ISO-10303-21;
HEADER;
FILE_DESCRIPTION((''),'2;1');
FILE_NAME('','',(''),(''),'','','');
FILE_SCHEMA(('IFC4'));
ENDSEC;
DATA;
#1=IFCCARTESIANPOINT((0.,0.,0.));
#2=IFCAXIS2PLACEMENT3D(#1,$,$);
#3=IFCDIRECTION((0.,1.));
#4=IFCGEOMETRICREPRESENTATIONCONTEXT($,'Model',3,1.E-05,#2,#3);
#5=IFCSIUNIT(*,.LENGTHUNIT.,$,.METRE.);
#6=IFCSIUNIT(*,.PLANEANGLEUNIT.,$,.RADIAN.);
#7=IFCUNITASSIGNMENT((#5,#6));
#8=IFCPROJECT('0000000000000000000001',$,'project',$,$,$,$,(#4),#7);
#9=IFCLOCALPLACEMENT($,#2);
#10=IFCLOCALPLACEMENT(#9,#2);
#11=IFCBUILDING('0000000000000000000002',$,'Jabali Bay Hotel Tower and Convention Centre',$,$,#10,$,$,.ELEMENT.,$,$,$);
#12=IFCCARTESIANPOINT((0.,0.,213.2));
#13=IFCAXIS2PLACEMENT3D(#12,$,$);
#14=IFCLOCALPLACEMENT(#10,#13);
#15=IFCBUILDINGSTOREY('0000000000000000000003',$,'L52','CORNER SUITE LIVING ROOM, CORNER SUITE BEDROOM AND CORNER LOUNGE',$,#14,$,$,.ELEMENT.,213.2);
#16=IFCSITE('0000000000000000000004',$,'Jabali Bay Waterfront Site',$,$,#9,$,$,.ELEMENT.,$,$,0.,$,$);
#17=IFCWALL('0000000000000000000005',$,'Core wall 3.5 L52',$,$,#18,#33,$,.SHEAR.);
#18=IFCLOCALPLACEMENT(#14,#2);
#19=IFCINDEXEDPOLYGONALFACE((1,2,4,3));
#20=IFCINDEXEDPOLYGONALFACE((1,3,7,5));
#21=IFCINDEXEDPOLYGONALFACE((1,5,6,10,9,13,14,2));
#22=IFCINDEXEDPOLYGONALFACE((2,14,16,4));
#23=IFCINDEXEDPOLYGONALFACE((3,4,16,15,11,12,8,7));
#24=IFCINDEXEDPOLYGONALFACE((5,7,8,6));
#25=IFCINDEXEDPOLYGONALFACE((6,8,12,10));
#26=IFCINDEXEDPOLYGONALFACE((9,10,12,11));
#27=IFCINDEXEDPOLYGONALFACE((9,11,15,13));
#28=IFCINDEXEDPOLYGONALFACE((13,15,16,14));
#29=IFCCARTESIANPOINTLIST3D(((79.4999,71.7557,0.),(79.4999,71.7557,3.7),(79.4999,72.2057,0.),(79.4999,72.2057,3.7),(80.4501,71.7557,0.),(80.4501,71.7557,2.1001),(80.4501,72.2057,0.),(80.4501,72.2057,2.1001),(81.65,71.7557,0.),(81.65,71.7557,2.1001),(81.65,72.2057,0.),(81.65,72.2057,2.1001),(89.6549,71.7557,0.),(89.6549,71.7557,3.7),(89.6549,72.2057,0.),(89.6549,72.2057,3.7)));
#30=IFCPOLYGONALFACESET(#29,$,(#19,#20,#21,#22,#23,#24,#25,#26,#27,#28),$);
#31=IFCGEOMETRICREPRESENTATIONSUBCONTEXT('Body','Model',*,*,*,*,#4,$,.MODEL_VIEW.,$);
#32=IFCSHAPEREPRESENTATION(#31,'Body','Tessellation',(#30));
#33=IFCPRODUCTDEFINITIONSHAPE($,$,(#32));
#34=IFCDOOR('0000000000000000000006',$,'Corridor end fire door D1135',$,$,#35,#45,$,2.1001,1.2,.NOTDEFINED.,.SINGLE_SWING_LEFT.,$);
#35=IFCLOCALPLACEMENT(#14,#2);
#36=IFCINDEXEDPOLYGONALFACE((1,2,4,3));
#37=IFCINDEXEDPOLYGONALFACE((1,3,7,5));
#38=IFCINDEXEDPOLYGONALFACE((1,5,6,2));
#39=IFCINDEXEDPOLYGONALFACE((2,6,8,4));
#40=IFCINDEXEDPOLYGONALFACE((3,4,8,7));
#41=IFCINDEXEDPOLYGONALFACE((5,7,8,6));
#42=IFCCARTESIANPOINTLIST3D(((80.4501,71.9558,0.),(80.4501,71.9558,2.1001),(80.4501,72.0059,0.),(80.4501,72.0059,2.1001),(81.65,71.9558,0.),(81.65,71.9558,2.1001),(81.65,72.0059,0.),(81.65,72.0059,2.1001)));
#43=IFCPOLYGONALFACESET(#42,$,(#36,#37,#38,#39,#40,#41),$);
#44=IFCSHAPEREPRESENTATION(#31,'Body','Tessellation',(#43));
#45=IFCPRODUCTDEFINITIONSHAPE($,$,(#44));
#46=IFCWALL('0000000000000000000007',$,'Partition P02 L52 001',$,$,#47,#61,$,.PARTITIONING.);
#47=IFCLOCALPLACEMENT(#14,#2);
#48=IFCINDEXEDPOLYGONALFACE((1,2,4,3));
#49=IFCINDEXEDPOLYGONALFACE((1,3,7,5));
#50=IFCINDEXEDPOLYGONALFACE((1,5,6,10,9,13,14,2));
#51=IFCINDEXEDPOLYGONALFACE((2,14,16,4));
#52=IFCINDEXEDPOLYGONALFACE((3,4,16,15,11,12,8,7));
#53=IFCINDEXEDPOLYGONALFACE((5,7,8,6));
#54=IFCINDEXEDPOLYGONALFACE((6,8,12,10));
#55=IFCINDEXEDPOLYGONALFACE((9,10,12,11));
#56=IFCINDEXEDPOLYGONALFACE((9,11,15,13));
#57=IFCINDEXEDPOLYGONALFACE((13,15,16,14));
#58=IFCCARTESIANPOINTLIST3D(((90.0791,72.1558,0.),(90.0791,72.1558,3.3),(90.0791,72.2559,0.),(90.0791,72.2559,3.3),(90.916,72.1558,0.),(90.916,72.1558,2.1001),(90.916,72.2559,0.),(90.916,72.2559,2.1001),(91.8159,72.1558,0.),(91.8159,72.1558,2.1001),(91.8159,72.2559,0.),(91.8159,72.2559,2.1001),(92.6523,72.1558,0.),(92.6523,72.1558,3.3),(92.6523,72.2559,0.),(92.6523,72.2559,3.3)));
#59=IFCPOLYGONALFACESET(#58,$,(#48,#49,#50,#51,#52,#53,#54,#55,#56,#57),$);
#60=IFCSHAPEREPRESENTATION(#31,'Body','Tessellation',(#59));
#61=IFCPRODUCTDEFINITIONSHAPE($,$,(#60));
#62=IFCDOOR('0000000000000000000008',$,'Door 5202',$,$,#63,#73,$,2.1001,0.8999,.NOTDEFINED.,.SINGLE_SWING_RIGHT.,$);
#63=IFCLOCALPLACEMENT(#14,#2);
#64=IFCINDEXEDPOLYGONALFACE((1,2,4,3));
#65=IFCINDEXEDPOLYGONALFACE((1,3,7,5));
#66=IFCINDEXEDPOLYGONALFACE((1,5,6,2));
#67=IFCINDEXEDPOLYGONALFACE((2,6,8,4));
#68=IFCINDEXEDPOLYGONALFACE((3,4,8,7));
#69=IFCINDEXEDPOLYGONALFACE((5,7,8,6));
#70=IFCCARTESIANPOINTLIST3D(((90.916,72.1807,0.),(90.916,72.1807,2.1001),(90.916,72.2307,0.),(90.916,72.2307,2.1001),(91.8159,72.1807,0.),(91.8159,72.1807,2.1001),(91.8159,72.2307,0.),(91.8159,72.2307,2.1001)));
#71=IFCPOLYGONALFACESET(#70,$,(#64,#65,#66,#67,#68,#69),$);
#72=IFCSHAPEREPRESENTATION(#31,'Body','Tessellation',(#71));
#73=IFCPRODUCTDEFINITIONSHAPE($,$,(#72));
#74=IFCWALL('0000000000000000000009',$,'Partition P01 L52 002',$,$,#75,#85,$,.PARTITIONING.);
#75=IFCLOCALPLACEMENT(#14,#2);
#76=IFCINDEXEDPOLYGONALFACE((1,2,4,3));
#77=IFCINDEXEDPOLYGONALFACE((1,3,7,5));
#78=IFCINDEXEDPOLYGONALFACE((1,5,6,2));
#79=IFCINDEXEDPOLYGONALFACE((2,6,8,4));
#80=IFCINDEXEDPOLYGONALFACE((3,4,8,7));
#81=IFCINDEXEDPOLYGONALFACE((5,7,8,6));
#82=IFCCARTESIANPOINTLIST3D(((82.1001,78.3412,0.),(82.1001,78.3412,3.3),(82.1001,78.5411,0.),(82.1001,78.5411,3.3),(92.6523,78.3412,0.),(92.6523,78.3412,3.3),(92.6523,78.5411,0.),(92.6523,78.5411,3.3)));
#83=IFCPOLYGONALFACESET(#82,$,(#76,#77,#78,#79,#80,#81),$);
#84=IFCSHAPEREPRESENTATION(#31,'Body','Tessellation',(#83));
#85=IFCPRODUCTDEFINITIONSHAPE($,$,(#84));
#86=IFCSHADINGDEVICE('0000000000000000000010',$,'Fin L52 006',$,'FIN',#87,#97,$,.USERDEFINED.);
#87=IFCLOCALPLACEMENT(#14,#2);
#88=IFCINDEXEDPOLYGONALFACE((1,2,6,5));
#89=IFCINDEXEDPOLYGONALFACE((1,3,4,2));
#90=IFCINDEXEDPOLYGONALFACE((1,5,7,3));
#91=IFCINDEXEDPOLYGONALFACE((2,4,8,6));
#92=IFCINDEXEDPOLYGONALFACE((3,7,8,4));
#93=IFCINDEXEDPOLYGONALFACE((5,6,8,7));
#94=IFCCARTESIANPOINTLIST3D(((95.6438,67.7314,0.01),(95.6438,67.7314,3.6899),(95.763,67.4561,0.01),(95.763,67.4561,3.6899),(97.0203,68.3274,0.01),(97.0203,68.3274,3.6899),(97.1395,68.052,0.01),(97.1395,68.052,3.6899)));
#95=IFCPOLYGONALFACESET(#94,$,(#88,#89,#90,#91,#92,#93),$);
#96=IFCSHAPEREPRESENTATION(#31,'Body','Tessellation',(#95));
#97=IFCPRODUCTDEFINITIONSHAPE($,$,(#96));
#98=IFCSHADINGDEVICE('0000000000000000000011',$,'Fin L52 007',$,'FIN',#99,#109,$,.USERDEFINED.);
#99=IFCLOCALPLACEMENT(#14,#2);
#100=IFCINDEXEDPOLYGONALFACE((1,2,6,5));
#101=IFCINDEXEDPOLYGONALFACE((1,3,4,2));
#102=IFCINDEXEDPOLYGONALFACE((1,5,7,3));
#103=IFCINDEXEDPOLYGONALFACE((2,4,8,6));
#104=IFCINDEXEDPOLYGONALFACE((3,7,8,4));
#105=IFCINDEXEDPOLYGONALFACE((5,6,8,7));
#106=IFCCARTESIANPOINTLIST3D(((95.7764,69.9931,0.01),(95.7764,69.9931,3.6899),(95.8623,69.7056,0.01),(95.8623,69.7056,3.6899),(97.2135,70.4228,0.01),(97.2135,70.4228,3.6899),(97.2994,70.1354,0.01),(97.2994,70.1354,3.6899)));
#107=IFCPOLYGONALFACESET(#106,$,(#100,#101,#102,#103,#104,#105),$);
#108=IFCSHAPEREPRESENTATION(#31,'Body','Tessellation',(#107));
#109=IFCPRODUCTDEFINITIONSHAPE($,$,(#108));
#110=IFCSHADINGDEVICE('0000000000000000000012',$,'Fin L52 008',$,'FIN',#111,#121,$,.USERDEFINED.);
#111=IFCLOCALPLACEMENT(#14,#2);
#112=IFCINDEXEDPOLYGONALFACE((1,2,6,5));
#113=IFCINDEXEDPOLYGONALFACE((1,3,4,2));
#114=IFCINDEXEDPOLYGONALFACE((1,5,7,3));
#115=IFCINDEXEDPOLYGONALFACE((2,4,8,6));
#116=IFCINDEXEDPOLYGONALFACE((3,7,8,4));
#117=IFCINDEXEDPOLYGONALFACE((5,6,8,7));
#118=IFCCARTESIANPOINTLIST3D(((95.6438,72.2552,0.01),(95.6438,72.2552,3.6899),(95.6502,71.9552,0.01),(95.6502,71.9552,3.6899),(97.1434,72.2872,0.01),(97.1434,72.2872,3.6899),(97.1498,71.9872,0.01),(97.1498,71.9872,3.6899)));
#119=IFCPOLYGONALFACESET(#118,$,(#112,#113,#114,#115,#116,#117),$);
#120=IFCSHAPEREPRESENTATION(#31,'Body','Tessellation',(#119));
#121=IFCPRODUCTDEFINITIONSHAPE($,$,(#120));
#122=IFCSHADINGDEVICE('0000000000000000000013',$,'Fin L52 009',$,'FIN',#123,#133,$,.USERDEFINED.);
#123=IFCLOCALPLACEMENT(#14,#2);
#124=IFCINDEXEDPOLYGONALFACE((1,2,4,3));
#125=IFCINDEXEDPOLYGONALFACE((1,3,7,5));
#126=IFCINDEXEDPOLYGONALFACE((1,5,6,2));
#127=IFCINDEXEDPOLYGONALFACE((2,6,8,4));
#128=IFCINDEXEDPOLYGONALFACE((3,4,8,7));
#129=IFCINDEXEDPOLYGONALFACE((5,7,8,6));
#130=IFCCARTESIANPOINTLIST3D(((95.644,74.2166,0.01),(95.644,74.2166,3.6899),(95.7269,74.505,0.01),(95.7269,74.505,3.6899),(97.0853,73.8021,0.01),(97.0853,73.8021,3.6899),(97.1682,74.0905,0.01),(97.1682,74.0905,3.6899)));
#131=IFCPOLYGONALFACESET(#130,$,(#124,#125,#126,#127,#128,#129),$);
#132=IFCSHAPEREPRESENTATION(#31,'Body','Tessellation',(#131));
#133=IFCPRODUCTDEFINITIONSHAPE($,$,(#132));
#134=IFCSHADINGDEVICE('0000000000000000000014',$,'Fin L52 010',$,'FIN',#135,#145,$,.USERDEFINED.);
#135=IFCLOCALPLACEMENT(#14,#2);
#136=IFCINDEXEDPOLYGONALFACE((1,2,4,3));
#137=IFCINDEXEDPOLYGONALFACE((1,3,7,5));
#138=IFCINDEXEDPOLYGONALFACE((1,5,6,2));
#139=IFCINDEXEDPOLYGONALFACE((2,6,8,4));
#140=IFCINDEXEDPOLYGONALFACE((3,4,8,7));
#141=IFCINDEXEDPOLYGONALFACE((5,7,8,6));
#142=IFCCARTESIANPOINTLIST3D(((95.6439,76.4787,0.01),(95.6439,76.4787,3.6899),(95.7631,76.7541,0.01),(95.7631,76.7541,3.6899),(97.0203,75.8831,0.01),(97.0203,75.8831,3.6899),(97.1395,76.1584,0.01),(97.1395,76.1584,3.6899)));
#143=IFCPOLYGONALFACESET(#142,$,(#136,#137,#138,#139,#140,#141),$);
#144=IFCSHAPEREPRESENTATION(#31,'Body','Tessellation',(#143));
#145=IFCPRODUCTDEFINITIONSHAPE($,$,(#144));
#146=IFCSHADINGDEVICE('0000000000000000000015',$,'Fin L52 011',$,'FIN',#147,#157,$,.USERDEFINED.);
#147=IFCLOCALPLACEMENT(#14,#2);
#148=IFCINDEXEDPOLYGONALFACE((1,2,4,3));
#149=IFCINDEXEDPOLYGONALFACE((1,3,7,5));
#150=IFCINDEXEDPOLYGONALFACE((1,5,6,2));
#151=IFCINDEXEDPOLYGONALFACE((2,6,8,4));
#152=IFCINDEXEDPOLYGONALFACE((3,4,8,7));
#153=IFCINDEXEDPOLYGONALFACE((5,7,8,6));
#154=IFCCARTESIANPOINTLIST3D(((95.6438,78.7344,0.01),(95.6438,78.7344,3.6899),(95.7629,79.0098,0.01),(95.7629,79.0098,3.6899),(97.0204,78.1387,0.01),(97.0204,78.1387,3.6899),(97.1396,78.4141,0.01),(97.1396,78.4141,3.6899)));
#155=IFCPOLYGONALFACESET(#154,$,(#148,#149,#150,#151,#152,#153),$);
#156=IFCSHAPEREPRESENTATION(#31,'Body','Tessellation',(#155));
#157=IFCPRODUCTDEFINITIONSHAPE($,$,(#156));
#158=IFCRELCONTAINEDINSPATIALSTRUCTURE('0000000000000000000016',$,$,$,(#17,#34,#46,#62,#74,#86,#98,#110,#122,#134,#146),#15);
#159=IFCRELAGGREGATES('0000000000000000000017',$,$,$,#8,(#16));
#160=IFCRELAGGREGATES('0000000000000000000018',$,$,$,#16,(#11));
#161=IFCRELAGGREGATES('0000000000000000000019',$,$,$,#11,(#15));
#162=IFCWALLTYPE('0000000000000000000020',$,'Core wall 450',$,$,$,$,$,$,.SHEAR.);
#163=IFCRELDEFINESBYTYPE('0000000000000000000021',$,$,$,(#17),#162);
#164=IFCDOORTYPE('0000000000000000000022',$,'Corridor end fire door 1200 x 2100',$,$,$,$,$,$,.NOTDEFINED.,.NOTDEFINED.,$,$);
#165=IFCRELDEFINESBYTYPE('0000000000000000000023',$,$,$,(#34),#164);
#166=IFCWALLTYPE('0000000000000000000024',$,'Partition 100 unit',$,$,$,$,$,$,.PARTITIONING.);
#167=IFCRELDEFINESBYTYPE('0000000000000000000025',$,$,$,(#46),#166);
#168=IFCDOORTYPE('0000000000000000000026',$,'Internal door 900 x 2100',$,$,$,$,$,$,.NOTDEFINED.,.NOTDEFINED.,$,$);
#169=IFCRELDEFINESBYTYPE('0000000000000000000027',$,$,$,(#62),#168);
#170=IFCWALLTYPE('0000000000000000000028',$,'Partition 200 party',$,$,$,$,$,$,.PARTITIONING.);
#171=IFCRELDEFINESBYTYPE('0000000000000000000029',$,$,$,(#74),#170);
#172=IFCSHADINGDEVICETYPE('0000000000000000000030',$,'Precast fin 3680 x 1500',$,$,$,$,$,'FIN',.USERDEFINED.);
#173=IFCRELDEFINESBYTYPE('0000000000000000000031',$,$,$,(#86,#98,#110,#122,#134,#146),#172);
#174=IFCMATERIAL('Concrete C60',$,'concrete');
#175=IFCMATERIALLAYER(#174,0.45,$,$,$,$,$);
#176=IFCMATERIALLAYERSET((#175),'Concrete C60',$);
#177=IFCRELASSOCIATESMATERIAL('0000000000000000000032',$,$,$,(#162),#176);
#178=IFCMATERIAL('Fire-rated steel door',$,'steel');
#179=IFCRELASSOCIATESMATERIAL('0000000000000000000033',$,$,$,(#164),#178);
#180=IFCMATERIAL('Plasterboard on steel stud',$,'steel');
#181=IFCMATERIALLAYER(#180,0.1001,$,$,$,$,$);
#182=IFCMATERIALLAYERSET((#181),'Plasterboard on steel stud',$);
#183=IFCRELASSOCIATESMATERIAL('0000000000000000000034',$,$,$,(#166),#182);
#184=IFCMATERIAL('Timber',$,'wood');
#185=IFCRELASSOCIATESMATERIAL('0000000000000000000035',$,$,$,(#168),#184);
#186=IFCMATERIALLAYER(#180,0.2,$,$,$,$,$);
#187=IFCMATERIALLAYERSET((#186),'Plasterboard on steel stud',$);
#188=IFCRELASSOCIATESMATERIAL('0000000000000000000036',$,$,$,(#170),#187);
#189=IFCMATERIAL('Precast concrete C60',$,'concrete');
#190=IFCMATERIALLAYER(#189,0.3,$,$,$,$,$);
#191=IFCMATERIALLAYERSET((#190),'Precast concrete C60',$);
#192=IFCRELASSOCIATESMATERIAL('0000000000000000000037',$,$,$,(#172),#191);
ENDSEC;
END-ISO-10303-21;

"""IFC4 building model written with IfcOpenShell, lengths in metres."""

from ifc_helpers import new_model, si_unit, direction, frame, frame_2d, origin, place, context, subcontext, project, spatial, rectangle, extrude, material, layer, layer_set, type_object, element, fill, save


model = new_model("IFC4")

# Units and contexts
model_context = context("Model", 3, precision=1e-05, world=origin(), true_north=direction((0.0, 1.0)))
body_context = subcontext(model_context, "Body", "Model", "MODEL_VIEW")
ifc_project = project(units=[si_unit("LENGTHUNIT", "METRE"), si_unit("PLANEANGLEUNIT", "RADIAN")], contexts=[model_context])

# Site, building, storey
site_placement = place(None, origin())
site = spatial("IfcSite", under=ifc_project, at=site_placement, Name="Jabali Bay Waterfront Site", CompositionType="ELEMENT", RefElevation=0.0)
building_placement = place(site_placement, origin())
building = spatial("IfcBuilding", under=site, at=building_placement, Name="Jabali Bay Hotel Tower and Convention Centre", CompositionType="ELEMENT")
storey_placement = place(building_placement, frame((0.0, 0.0, 213.2)))
storey = spatial("IfcBuildingStorey", under=building, at=storey_placement, Name="L52", Description="CORNER SUITE LIVING ROOM, CORNER SUITE BEDROOM AND CORNER LOUNGE", CompositionType="ELEMENT", Elevation=213.2)

# Shared definitions
ifc_material_1 = material(Name="Concrete C60", Category="concrete")

# Shared definitions
ifc_material_2 = material(Name="Fire-rated steel door", Category="steel")

# Wall, opening, door
ifc_layer_1 = layer(ifc_material_1, 0.45)
ifc_layer_set_1 = layer_set([ifc_layer_1], Name="Concrete C60")
wall_type_1 = type_object("IfcWallType", Name="Core wall 450", PredefinedType="SHEAR", material=ifc_layer_set_1)
wall_1_placement = place(storey_placement, frame((89.655, 71.9807, 0.0), z_axis=(0.0, 0.0, 1.0), x_axis=(-1.0, 0.0, 0.0)))
wall_1 = element("IfcWall", 1, at=wall_1_placement, inside=storey, type_object=wall_type_1, Name="Core wall 3.5 L52", PredefinedType="SHEAR", context=body_context, shape_type="SweptSolid", body=[
    extrude(rectangle(XDim=10.155, YDim=0.45, at=frame_2d((5.0776, 0.0))), origin(), (0.0, 0.0, 1.0), 3.7),
])
opening_1_placement = place(wall_1_placement, frame((8.0049, 0.0, 0.0)))
opening_1 = element("IfcOpeningElement", 2, at=opening_1_placement, cuts=wall_1, PredefinedType="OPENING", context=body_context, shape_type="SweptSolid", body=[
    extrude(rectangle(XDim=1.2, YDim=2.1001, at=frame_2d((0.6001, 1.05))), frame((0.0, 0.2354, 0.0), z_axis=(0.0, -1.0, 0.0), x_axis=(1.0, 0.0, 0.0)), (0.0, 0.0, 1.0), 0.4709),
])
door_type_1 = type_object("IfcDoorType", Name="Corridor end fire door 1200 x 2100", OperationType="NOTDEFINED", PredefinedType="NOTDEFINED", material=ifc_material_2)
door_1_placement = place(opening_1_placement, origin())
door_1 = element("IfcDoor", 3, at=door_1_placement, inside=storey, type_object=door_type_1, Name="Corridor end fire door D1135", OperationType="SINGLE_SWING_LEFT", OverallHeight=2.1001, OverallWidth=1.2, PredefinedType="NOTDEFINED", context=body_context, shape_type="SweptSolid", body=[
    extrude(rectangle(XDim=1.2, YDim=2.1001, at=frame_2d((0.6001, 1.05))), frame((0.0, 0.0249, 0.0), z_axis=(0.0, -1.0, 0.0), x_axis=(1.0, 0.0, 0.0)), (0.0, 0.0, 1.0), 0.05),
])
fill(opening_1, door_1)

# Shared definitions
ifc_material_3 = material(Name="Timber", Category="wood")

# Wall, opening, door
ifc_material_4 = material(Name="Plasterboard on steel stud", Category="steel")
ifc_layer_2 = layer(ifc_material_4, 0.1001)
ifc_layer_set_2 = layer_set([ifc_layer_2], Name="Plasterboard on steel stud")
wall_type_2 = type_object("IfcWallType", Name="Partition 100 unit", PredefinedType="PARTITIONING", material=ifc_layer_set_2)
wall_2_placement = place(storey_placement, frame((90.0791, 72.2058, 0.0), z_axis=(0.0, 0.0, 1.0), x_axis=(1.0, 0.0, 0.0)))
wall_2 = element("IfcWall", 4, at=wall_2_placement, inside=storey, type_object=wall_type_2, Name="Partition P02 L52 001", PredefinedType="PARTITIONING", context=body_context, shape_type="SweptSolid", body=[
    extrude(rectangle(XDim=2.5732, YDim=0.1001, at=frame_2d((1.2866, 0.0))), origin(), (0.0, 0.0, 1.0), 3.3),
])
opening_2_placement = place(wall_2_placement, frame((0.8369, 0.0, 0.0)))
opening_2 = element("IfcOpeningElement", 5, at=opening_2_placement, cuts=wall_2, PredefinedType="OPENING", context=body_context, shape_type="SweptSolid", body=[
    extrude(rectangle(XDim=0.8999, YDim=2.1001, at=frame_2d((0.45, 1.05))), frame((0.0, 0.0605, 0.0), z_axis=(0.0, -1.0, 0.0), x_axis=(1.0, 0.0, 0.0)), (0.0, 0.0, 1.0), 0.1211),
])
door_type_2 = type_object("IfcDoorType", Name="Internal door 900 x 2100", OperationType="NOTDEFINED", PredefinedType="NOTDEFINED", material=ifc_material_3)
door_2_placement = place(opening_2_placement, origin())
door_2 = element("IfcDoor", 6, at=door_2_placement, inside=storey, type_object=door_type_2, Name="Door 5202", OperationType="SINGLE_SWING_RIGHT", OverallHeight=2.1001, OverallWidth=0.8999, PredefinedType="NOTDEFINED", context=body_context, shape_type="SweptSolid", body=[
    extrude(rectangle(XDim=0.8999, YDim=2.1001, at=frame_2d((0.45, 1.05))), frame((0.0, 0.0249, 0.0), z_axis=(0.0, -1.0, 0.0), x_axis=(1.0, 0.0, 0.0)), (0.0, 0.0, 1.0), 0.05),
])
fill(opening_2, door_2)

# Wall
ifc_layer_3 = layer(ifc_material_4, 0.2)
ifc_layer_set_3 = layer_set([ifc_layer_3], Name="Plasterboard on steel stud")
wall_type_3 = type_object("IfcWallType", Name="Partition 200 party", PredefinedType="PARTITIONING", material=ifc_layer_set_3)
wall_3_placement = place(storey_placement, frame((92.6523, 78.4412, 0.0), z_axis=(0.0, 0.0, 1.0), x_axis=(-1.0, 0.0, 0.0)))
element("IfcWall", 7, at=wall_3_placement, inside=storey, type_object=wall_type_3, Name="Partition P01 L52 002", PredefinedType="PARTITIONING", context=body_context, shape_type="SweptSolid", body=[
    extrude(rectangle(XDim=10.5522, YDim=0.2, at=frame_2d((5.2761, 0.0))), origin(), (0.0, 0.0, 1.0), 3.3),
])

# Shading devices
ifc_material_5 = material(Name="Precast concrete C60", Category="concrete")
ifc_layer_4 = layer(ifc_material_5, 0.3)
ifc_layer_set_4 = layer_set([ifc_layer_4], Name="Precast concrete C60")
shading_device_type = type_object("IfcShadingDeviceType", Name="Precast fin 3680 x 1500", ElementType="FIN", PredefinedType="USERDEFINED", material=ifc_layer_set_4)
for number, where, z_axis, x_axis, name in (
    (8, (95.7034, 67.5938, 0.01), (0.0, 0.0, 1.0), (0.917682, 0.397315, 0.0), "Fin L52 006"),
    (9, (95.8193, 69.8494, 0.01), (0.0, 0.0, 1.0), (0.958086, 0.286482, 0.0), "Fin L52 007"),
    (10, (95.647, 72.1052, 0.01), (0.0, 0.0, 1.0), (0.999773, 0.02132, 0.0), "Fin L52 008"),
):
    element("IfcShadingDevice", number, at=place(storey_placement, frame(where, z_axis=z_axis, x_axis=x_axis)), inside=storey, type_object=shading_device_type, Name=name, ObjectType="FIN", PredefinedType="USERDEFINED", context=body_context, shape_type="SweptSolid", body=[
        extrude(rectangle(XDim=1.5, YDim=0.3, at=frame_2d((0.75, 0.0))), origin(), (0.0, 0.0, 1.0), 3.6799),
    ])
for number, where, z_axis, x_axis, name in (
    (11, (95.6853, 74.3608, 0.01), (0.0, 0.0, 1.0), (0.961043, -0.276398, 0.0), "Fin L52 009"),
    (12, (95.7034, 76.6165, 0.01), (0.0, 0.0, 1.0), (0.917742, -0.397178, 0.0), "Fin L52 010"),
):
    element("IfcShadingDevice", number, at=place(storey_placement, frame(where, z_axis=z_axis, x_axis=x_axis)), inside=storey, type_object=shading_device_type, Name=name, ObjectType="FIN", PredefinedType="USERDEFINED", context=body_context, shape_type="SweptSolid", body=[
        extrude(rectangle(XDim=1.4998, YDim=0.3, at=frame_2d((0.75, 0.0))), origin(), (0.0, 0.0, 1.0), 3.6799),
    ])
shading_device_placement = place(storey_placement, frame((95.7034, 78.8721, 0.01), z_axis=(0.0, 0.0, 1.0), x_axis=(0.917767, -0.397119, 0.0)))
element("IfcShadingDevice", 13, at=shading_device_placement, inside=storey, type_object=shading_device_type, Name="Fin L52 011", ObjectType="FIN", PredefinedType="USERDEFINED", context=body_context, shape_type="SweptSolid", body=[
    extrude(rectangle(XDim=1.5, YDim=0.3, at=frame_2d((0.75, 0.0))), origin(), (0.0, 0.0, 1.0), 3.6799),
])

save(model, "model.ifc")
